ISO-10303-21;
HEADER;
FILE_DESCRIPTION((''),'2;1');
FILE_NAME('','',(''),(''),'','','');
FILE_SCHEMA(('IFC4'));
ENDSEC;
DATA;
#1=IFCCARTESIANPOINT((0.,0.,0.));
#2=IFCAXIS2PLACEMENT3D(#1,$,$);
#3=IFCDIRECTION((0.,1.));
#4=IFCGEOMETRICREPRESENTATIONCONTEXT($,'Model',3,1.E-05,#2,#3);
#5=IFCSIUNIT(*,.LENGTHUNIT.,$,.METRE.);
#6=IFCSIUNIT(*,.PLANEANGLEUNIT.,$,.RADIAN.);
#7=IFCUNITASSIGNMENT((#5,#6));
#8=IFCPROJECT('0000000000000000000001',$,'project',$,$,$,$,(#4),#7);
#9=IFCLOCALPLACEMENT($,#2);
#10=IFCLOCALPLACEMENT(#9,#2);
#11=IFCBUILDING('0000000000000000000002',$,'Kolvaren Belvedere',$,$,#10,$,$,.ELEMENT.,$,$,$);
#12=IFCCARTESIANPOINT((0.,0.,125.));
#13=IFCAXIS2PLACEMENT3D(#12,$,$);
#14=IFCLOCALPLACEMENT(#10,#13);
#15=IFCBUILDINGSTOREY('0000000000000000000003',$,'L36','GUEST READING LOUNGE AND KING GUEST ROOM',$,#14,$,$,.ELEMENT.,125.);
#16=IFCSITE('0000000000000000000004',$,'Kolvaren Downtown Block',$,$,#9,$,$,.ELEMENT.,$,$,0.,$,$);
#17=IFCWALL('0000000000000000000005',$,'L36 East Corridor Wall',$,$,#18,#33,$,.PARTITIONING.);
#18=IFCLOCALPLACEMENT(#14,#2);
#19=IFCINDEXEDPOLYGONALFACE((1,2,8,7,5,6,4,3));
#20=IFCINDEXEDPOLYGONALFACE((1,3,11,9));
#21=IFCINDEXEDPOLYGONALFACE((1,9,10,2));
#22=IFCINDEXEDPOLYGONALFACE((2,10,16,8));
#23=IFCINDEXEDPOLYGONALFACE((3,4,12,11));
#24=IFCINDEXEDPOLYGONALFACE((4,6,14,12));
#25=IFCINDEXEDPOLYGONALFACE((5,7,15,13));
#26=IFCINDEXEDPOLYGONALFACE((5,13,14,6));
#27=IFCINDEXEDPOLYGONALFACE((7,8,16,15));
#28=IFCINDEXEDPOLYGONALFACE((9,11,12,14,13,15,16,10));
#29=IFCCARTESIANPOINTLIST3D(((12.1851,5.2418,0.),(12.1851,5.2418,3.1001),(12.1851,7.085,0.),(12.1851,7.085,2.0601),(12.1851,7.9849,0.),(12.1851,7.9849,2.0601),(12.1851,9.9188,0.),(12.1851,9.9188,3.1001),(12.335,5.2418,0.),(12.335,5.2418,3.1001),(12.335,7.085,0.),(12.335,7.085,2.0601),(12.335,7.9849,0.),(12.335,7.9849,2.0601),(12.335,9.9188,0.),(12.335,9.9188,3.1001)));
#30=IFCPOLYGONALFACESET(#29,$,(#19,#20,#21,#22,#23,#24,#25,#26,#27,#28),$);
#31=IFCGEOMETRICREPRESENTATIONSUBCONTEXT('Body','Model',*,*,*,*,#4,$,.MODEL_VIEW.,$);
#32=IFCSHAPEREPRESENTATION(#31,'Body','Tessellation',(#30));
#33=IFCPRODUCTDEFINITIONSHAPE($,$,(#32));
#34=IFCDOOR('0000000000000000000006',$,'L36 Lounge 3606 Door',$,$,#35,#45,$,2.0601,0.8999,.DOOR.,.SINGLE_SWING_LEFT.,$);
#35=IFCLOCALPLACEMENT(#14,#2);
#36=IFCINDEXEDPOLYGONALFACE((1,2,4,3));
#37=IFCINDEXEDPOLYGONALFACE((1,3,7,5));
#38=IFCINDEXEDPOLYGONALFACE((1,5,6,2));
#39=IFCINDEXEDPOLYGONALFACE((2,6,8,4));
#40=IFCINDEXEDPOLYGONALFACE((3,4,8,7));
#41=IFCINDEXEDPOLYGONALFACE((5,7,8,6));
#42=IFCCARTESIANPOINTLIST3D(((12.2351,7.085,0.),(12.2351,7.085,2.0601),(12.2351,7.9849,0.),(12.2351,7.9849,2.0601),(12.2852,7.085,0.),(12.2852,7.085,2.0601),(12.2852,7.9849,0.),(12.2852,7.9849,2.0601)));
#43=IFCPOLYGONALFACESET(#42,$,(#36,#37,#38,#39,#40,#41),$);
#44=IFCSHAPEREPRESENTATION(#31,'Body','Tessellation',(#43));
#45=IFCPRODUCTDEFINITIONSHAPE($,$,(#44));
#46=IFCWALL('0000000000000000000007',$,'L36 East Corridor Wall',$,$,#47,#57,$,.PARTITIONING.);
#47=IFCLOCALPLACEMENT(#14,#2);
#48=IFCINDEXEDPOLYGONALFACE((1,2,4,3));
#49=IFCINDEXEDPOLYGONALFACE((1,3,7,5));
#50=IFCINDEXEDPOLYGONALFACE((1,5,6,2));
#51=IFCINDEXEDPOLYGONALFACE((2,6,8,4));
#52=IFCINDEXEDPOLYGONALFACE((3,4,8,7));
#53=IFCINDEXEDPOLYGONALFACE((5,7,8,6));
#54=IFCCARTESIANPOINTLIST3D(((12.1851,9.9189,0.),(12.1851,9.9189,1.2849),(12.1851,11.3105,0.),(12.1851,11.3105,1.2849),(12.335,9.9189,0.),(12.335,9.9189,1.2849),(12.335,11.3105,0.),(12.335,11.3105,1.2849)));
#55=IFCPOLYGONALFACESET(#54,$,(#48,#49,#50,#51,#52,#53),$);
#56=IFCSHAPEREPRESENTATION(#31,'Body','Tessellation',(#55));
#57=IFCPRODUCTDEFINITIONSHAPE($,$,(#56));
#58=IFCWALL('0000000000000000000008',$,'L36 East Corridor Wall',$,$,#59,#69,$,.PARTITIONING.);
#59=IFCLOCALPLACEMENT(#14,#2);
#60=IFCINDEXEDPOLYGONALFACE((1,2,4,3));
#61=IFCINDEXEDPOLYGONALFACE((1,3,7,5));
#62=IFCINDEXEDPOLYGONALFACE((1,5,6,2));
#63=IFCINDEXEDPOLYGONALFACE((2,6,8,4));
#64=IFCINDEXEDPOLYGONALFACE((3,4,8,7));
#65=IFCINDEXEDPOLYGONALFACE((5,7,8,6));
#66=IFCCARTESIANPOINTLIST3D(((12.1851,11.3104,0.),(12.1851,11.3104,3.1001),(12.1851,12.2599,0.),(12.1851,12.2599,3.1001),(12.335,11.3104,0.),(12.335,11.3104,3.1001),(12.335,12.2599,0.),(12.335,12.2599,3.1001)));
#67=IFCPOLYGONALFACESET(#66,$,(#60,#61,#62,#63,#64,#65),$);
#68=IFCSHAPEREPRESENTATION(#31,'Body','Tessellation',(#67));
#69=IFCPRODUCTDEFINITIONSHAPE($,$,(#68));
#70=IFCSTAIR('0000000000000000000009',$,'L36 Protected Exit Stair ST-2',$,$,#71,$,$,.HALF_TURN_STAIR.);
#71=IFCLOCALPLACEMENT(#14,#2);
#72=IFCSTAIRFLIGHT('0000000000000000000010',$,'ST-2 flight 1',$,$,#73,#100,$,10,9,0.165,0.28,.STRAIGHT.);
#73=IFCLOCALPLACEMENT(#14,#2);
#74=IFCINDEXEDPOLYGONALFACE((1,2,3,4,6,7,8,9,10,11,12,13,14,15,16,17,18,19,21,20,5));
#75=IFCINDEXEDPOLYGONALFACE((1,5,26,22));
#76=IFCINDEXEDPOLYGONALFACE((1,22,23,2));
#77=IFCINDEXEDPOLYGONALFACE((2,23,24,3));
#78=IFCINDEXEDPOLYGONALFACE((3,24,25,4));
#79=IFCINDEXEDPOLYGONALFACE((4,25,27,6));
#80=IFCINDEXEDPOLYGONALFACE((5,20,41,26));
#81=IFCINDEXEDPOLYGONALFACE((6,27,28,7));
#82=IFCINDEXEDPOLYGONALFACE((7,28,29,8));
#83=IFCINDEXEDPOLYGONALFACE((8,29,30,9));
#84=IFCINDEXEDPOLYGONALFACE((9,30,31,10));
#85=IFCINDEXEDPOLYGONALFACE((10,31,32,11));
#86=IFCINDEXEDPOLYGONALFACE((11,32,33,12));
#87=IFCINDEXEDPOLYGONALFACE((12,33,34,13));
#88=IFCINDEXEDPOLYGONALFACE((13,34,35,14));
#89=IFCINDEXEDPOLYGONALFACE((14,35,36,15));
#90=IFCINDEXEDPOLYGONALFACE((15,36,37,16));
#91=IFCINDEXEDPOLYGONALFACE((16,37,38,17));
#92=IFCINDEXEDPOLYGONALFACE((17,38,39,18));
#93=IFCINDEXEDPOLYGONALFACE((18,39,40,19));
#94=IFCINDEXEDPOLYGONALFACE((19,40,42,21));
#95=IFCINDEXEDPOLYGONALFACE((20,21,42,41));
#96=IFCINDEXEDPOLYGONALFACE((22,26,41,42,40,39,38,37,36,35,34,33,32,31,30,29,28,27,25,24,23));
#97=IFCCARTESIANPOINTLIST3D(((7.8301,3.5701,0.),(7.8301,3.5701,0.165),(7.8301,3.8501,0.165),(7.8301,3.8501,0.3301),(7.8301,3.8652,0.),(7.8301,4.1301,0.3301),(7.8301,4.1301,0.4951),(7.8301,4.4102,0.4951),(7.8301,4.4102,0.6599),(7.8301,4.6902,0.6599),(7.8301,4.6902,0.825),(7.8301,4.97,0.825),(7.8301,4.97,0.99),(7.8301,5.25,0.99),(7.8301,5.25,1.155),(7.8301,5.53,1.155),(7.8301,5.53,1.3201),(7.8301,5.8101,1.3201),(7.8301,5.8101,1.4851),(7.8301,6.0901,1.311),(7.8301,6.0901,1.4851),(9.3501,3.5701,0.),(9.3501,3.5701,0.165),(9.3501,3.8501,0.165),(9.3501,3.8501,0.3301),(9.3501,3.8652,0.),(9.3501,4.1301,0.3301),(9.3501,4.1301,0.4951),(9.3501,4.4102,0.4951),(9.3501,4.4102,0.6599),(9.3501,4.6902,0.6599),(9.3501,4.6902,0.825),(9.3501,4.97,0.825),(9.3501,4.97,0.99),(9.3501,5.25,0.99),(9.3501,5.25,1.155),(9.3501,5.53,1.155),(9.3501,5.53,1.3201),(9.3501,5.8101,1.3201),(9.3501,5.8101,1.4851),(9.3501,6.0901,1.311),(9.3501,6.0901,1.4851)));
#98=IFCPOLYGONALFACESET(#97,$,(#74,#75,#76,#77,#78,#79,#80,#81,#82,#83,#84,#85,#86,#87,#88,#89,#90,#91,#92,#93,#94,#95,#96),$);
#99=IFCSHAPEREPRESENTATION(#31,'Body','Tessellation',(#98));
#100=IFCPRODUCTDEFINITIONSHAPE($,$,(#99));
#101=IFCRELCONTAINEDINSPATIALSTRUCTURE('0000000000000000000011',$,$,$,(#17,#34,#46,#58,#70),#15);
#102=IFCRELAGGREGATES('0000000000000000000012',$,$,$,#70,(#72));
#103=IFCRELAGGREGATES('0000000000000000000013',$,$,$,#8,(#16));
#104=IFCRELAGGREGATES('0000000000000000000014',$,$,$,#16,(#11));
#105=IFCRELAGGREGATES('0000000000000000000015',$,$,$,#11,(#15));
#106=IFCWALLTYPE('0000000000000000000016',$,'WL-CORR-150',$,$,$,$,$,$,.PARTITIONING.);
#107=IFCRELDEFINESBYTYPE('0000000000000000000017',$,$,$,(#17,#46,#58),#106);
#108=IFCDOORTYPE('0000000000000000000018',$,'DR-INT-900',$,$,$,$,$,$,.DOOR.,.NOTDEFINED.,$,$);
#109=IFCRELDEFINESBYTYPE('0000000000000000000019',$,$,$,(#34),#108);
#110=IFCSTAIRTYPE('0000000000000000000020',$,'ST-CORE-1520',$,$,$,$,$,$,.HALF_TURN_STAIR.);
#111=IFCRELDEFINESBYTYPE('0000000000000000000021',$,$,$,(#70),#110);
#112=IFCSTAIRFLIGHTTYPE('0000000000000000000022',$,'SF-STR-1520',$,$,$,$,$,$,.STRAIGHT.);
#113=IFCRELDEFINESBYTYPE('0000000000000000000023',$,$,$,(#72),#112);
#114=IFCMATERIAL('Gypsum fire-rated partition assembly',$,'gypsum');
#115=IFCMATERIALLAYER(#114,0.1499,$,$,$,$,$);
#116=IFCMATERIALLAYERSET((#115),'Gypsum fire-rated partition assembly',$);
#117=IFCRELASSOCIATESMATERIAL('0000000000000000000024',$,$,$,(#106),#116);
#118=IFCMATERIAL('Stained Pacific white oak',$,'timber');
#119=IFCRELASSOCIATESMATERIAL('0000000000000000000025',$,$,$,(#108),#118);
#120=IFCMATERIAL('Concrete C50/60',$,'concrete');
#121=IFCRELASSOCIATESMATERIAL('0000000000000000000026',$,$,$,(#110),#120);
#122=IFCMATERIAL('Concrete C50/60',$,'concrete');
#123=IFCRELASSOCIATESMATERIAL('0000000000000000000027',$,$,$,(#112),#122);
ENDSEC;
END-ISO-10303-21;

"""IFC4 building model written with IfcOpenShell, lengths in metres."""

from ifc_helpers import new_model, si_unit, direction, frame, frame_2d, origin, place, context, subcontext, project, spatial, polyline, rectangle, outline, extrude, material, layer, layer_set, type_object, element, fill, aggregate, save


model = new_model("IFC4")

# Units and contexts
model_context = context("Model", 3, precision=1e-05, world=origin(), true_north=direction((0.0, 1.0)))
body_context = subcontext(model_context, "Body", "Model", "MODEL_VIEW")
ifc_project = project(units=[si_unit("LENGTHUNIT", "METRE"), si_unit("PLANEANGLEUNIT", "RADIAN")], contexts=[model_context])

# Site, building, storey
site_placement = place(None, origin())
site = spatial("IfcSite", under=ifc_project, at=site_placement, Name="Kolvaren Downtown Block", CompositionType="ELEMENT", RefElevation=0.0)
building_placement = place(site_placement, origin())
building = spatial("IfcBuilding", under=site, at=building_placement, Name="Kolvaren Belvedere", CompositionType="ELEMENT")
storey_placement = place(building_placement, frame((0.0, 0.0, 125.0)))
storey = spatial("IfcBuildingStorey", under=building, at=storey_placement, Name="L36", Description="GUEST READING LOUNGE AND KING GUEST ROOM", CompositionType="ELEMENT", Elevation=125.0)

# Shared definitions
ifc_material_1 = material(Name="Gypsum fire-rated partition assembly", Category="gypsum")
ifc_layer_1 = layer(ifc_material_1, 0.1499)
ifc_layer_set_1 = layer_set([ifc_layer_1], Name="Gypsum fire-rated partition assembly")
wall_type_1 = type_object("IfcWallType", Name="WL-CORR-150", PredefinedType="PARTITIONING", material=ifc_layer_set_1)

# Wall, opening, door
wall_1_placement = place(storey_placement, frame((12.26, 5.2419, 0.0), z_axis=(0.0, 0.0, 1.0), x_axis=(0.0, 1.0, 0.0)))
wall_1 = element("IfcWall", 1, at=wall_1_placement, inside=storey, type_object=wall_type_1, Name="L36 East Corridor Wall", PredefinedType="PARTITIONING", context=body_context, shape_type="SweptSolid", body=[
    extrude(rectangle(XDim=4.677, YDim=0.1499, at=frame_2d((2.3384, 0.0))), origin(), (0.0, 0.0, 1.0), 3.1001),
])
opening_placement = place(wall_1_placement, frame((1.843, 0.0, 0.0)))
opening = element("IfcOpeningElement", 2, at=opening_placement, cuts=wall_1, PredefinedType="OPENING", context=body_context, shape_type="SweptSolid", body=[
    extrude(rectangle(XDim=0.8999, YDim=2.0601, at=frame_2d((0.45, 1.03))), frame((0.0, 0.085, 0.0), z_axis=(0.0, -1.0, 0.0), x_axis=(1.0, 0.0, 0.0)), (0.0, 0.0, 1.0), 0.1699),
])
ifc_material_2 = material(Name="Stained Pacific white oak", Category="timber")
door_type = type_object("IfcDoorType", Name="DR-INT-900", OperationType="NOTDEFINED", PredefinedType="DOOR", material=ifc_material_2)
door_placement = place(opening_placement, origin())
door = element("IfcDoor", 3, at=door_placement, inside=storey, type_object=door_type, Name="L36 Lounge 3606 Door", OperationType="SINGLE_SWING_LEFT", OverallHeight=2.0601, OverallWidth=0.8999, PredefinedType="DOOR", context=body_context, shape_type="SweptSolid", body=[
    extrude(rectangle(XDim=0.8999, YDim=2.0601, at=frame_2d((0.45, 1.03))), frame((0.0, 0.0249, 0.0), z_axis=(0.0, -1.0, 0.0), x_axis=(1.0, 0.0, 0.0)), (0.0, 0.0, 1.0), 0.05),
])
fill(opening, door)

# Walls
wall_2_placement = place(storey_placement, frame((12.26, 9.9189, 0.0), z_axis=(0.0, 0.0, 1.0), x_axis=(0.0, 1.0, 0.0)))
element("IfcWall", 4, at=wall_2_placement, inside=storey, type_object=wall_type_1, Name="L36 East Corridor Wall", PredefinedType="PARTITIONING", context=body_context, shape_type="SweptSolid", body=[
    extrude(rectangle(XDim=1.3916, YDim=0.1499, at=frame_2d((0.6958, 0.0))), origin(), (0.0, 0.0, 1.0), 1.2849),
])
wall_3_placement = place(storey_placement, frame((12.26, 11.3105, 0.0), z_axis=(0.0, 0.0, 1.0), x_axis=(0.0, 1.0, 0.0)))
element("IfcWall", 5, at=wall_3_placement, inside=storey, type_object=wall_type_1, Name="L36 East Corridor Wall", PredefinedType="PARTITIONING", context=body_context, shape_type="SweptSolid", body=[
    extrude(rectangle(XDim=0.9495, YDim=0.1499, at=frame_2d((0.4746, 0.0))), origin(), (0.0, 0.0, 1.0), 3.1001),
])

# Stair, stair flight
ifc_material_3 = material(Name="Concrete C50/60", Category="concrete")
stair_type = type_object("IfcStairType", Name="ST-CORE-1520", PredefinedType="HALF_TURN_STAIR", material=ifc_material_3)
stair_placement = place(storey_placement, origin())
stair = element("IfcStair", 6, at=stair_placement, inside=storey, type_object=stair_type, Name="L36 Protected Exit Stair ST-2", PredefinedType="HALF_TURN_STAIR")
ifc_material_4 = material(Name="Concrete C50/60", Category="concrete")
stair_flight_type = type_object("IfcStairFlightType", Name="SF-STR-1520", PredefinedType="STRAIGHT", material=ifc_material_4)
stair_flight_placement = place(storey_placement, frame((8.5901, 3.5701, 0.0), z_axis=(0.0, 0.0, 1.0), x_axis=(0.0, 1.0, 0.0)))
stair_flight = element("IfcStairFlight", 7, at=stair_flight_placement, type_object=stair_flight_type, Name="ST-2 flight 1", NumberOfRisers=10, NumberOfTreads=9, PredefinedType="STRAIGHT", RiserHeight=0.165, TreadLength=0.28, context=body_context, shape_type="SweptSolid", body=[
    extrude(outline(polyline([(0.0, 0.0), (0.0, 0.165), (0.28, 0.165), (0.28, 0.3301), (0.5601, 0.3301), (0.5601, 0.4951), (0.8401, 0.4951), (0.8401, 0.6599), (1.1201, 0.6599), (1.1201, 0.825), (1.3999, 0.825), (1.3999, 0.99), (1.6799, 0.99), (1.6799, 1.155), (1.96, 1.155), (1.96, 1.3201), (2.24, 1.3201), (2.24, 1.4851), (2.52, 1.4851), (2.52, 1.6499), (2.52, 1.311), (0.2952, 0.0), (0.0, 0.0)])), frame((0.0, 0.76, 0.0), z_axis=(0.0, -1.0, 0.0), x_axis=(1.0, 0.0, 0.0)), (0.0, 0.0, 1.0), 1.52),
])
aggregate(stair, [stair_flight])

save(model, "model.ifc")
